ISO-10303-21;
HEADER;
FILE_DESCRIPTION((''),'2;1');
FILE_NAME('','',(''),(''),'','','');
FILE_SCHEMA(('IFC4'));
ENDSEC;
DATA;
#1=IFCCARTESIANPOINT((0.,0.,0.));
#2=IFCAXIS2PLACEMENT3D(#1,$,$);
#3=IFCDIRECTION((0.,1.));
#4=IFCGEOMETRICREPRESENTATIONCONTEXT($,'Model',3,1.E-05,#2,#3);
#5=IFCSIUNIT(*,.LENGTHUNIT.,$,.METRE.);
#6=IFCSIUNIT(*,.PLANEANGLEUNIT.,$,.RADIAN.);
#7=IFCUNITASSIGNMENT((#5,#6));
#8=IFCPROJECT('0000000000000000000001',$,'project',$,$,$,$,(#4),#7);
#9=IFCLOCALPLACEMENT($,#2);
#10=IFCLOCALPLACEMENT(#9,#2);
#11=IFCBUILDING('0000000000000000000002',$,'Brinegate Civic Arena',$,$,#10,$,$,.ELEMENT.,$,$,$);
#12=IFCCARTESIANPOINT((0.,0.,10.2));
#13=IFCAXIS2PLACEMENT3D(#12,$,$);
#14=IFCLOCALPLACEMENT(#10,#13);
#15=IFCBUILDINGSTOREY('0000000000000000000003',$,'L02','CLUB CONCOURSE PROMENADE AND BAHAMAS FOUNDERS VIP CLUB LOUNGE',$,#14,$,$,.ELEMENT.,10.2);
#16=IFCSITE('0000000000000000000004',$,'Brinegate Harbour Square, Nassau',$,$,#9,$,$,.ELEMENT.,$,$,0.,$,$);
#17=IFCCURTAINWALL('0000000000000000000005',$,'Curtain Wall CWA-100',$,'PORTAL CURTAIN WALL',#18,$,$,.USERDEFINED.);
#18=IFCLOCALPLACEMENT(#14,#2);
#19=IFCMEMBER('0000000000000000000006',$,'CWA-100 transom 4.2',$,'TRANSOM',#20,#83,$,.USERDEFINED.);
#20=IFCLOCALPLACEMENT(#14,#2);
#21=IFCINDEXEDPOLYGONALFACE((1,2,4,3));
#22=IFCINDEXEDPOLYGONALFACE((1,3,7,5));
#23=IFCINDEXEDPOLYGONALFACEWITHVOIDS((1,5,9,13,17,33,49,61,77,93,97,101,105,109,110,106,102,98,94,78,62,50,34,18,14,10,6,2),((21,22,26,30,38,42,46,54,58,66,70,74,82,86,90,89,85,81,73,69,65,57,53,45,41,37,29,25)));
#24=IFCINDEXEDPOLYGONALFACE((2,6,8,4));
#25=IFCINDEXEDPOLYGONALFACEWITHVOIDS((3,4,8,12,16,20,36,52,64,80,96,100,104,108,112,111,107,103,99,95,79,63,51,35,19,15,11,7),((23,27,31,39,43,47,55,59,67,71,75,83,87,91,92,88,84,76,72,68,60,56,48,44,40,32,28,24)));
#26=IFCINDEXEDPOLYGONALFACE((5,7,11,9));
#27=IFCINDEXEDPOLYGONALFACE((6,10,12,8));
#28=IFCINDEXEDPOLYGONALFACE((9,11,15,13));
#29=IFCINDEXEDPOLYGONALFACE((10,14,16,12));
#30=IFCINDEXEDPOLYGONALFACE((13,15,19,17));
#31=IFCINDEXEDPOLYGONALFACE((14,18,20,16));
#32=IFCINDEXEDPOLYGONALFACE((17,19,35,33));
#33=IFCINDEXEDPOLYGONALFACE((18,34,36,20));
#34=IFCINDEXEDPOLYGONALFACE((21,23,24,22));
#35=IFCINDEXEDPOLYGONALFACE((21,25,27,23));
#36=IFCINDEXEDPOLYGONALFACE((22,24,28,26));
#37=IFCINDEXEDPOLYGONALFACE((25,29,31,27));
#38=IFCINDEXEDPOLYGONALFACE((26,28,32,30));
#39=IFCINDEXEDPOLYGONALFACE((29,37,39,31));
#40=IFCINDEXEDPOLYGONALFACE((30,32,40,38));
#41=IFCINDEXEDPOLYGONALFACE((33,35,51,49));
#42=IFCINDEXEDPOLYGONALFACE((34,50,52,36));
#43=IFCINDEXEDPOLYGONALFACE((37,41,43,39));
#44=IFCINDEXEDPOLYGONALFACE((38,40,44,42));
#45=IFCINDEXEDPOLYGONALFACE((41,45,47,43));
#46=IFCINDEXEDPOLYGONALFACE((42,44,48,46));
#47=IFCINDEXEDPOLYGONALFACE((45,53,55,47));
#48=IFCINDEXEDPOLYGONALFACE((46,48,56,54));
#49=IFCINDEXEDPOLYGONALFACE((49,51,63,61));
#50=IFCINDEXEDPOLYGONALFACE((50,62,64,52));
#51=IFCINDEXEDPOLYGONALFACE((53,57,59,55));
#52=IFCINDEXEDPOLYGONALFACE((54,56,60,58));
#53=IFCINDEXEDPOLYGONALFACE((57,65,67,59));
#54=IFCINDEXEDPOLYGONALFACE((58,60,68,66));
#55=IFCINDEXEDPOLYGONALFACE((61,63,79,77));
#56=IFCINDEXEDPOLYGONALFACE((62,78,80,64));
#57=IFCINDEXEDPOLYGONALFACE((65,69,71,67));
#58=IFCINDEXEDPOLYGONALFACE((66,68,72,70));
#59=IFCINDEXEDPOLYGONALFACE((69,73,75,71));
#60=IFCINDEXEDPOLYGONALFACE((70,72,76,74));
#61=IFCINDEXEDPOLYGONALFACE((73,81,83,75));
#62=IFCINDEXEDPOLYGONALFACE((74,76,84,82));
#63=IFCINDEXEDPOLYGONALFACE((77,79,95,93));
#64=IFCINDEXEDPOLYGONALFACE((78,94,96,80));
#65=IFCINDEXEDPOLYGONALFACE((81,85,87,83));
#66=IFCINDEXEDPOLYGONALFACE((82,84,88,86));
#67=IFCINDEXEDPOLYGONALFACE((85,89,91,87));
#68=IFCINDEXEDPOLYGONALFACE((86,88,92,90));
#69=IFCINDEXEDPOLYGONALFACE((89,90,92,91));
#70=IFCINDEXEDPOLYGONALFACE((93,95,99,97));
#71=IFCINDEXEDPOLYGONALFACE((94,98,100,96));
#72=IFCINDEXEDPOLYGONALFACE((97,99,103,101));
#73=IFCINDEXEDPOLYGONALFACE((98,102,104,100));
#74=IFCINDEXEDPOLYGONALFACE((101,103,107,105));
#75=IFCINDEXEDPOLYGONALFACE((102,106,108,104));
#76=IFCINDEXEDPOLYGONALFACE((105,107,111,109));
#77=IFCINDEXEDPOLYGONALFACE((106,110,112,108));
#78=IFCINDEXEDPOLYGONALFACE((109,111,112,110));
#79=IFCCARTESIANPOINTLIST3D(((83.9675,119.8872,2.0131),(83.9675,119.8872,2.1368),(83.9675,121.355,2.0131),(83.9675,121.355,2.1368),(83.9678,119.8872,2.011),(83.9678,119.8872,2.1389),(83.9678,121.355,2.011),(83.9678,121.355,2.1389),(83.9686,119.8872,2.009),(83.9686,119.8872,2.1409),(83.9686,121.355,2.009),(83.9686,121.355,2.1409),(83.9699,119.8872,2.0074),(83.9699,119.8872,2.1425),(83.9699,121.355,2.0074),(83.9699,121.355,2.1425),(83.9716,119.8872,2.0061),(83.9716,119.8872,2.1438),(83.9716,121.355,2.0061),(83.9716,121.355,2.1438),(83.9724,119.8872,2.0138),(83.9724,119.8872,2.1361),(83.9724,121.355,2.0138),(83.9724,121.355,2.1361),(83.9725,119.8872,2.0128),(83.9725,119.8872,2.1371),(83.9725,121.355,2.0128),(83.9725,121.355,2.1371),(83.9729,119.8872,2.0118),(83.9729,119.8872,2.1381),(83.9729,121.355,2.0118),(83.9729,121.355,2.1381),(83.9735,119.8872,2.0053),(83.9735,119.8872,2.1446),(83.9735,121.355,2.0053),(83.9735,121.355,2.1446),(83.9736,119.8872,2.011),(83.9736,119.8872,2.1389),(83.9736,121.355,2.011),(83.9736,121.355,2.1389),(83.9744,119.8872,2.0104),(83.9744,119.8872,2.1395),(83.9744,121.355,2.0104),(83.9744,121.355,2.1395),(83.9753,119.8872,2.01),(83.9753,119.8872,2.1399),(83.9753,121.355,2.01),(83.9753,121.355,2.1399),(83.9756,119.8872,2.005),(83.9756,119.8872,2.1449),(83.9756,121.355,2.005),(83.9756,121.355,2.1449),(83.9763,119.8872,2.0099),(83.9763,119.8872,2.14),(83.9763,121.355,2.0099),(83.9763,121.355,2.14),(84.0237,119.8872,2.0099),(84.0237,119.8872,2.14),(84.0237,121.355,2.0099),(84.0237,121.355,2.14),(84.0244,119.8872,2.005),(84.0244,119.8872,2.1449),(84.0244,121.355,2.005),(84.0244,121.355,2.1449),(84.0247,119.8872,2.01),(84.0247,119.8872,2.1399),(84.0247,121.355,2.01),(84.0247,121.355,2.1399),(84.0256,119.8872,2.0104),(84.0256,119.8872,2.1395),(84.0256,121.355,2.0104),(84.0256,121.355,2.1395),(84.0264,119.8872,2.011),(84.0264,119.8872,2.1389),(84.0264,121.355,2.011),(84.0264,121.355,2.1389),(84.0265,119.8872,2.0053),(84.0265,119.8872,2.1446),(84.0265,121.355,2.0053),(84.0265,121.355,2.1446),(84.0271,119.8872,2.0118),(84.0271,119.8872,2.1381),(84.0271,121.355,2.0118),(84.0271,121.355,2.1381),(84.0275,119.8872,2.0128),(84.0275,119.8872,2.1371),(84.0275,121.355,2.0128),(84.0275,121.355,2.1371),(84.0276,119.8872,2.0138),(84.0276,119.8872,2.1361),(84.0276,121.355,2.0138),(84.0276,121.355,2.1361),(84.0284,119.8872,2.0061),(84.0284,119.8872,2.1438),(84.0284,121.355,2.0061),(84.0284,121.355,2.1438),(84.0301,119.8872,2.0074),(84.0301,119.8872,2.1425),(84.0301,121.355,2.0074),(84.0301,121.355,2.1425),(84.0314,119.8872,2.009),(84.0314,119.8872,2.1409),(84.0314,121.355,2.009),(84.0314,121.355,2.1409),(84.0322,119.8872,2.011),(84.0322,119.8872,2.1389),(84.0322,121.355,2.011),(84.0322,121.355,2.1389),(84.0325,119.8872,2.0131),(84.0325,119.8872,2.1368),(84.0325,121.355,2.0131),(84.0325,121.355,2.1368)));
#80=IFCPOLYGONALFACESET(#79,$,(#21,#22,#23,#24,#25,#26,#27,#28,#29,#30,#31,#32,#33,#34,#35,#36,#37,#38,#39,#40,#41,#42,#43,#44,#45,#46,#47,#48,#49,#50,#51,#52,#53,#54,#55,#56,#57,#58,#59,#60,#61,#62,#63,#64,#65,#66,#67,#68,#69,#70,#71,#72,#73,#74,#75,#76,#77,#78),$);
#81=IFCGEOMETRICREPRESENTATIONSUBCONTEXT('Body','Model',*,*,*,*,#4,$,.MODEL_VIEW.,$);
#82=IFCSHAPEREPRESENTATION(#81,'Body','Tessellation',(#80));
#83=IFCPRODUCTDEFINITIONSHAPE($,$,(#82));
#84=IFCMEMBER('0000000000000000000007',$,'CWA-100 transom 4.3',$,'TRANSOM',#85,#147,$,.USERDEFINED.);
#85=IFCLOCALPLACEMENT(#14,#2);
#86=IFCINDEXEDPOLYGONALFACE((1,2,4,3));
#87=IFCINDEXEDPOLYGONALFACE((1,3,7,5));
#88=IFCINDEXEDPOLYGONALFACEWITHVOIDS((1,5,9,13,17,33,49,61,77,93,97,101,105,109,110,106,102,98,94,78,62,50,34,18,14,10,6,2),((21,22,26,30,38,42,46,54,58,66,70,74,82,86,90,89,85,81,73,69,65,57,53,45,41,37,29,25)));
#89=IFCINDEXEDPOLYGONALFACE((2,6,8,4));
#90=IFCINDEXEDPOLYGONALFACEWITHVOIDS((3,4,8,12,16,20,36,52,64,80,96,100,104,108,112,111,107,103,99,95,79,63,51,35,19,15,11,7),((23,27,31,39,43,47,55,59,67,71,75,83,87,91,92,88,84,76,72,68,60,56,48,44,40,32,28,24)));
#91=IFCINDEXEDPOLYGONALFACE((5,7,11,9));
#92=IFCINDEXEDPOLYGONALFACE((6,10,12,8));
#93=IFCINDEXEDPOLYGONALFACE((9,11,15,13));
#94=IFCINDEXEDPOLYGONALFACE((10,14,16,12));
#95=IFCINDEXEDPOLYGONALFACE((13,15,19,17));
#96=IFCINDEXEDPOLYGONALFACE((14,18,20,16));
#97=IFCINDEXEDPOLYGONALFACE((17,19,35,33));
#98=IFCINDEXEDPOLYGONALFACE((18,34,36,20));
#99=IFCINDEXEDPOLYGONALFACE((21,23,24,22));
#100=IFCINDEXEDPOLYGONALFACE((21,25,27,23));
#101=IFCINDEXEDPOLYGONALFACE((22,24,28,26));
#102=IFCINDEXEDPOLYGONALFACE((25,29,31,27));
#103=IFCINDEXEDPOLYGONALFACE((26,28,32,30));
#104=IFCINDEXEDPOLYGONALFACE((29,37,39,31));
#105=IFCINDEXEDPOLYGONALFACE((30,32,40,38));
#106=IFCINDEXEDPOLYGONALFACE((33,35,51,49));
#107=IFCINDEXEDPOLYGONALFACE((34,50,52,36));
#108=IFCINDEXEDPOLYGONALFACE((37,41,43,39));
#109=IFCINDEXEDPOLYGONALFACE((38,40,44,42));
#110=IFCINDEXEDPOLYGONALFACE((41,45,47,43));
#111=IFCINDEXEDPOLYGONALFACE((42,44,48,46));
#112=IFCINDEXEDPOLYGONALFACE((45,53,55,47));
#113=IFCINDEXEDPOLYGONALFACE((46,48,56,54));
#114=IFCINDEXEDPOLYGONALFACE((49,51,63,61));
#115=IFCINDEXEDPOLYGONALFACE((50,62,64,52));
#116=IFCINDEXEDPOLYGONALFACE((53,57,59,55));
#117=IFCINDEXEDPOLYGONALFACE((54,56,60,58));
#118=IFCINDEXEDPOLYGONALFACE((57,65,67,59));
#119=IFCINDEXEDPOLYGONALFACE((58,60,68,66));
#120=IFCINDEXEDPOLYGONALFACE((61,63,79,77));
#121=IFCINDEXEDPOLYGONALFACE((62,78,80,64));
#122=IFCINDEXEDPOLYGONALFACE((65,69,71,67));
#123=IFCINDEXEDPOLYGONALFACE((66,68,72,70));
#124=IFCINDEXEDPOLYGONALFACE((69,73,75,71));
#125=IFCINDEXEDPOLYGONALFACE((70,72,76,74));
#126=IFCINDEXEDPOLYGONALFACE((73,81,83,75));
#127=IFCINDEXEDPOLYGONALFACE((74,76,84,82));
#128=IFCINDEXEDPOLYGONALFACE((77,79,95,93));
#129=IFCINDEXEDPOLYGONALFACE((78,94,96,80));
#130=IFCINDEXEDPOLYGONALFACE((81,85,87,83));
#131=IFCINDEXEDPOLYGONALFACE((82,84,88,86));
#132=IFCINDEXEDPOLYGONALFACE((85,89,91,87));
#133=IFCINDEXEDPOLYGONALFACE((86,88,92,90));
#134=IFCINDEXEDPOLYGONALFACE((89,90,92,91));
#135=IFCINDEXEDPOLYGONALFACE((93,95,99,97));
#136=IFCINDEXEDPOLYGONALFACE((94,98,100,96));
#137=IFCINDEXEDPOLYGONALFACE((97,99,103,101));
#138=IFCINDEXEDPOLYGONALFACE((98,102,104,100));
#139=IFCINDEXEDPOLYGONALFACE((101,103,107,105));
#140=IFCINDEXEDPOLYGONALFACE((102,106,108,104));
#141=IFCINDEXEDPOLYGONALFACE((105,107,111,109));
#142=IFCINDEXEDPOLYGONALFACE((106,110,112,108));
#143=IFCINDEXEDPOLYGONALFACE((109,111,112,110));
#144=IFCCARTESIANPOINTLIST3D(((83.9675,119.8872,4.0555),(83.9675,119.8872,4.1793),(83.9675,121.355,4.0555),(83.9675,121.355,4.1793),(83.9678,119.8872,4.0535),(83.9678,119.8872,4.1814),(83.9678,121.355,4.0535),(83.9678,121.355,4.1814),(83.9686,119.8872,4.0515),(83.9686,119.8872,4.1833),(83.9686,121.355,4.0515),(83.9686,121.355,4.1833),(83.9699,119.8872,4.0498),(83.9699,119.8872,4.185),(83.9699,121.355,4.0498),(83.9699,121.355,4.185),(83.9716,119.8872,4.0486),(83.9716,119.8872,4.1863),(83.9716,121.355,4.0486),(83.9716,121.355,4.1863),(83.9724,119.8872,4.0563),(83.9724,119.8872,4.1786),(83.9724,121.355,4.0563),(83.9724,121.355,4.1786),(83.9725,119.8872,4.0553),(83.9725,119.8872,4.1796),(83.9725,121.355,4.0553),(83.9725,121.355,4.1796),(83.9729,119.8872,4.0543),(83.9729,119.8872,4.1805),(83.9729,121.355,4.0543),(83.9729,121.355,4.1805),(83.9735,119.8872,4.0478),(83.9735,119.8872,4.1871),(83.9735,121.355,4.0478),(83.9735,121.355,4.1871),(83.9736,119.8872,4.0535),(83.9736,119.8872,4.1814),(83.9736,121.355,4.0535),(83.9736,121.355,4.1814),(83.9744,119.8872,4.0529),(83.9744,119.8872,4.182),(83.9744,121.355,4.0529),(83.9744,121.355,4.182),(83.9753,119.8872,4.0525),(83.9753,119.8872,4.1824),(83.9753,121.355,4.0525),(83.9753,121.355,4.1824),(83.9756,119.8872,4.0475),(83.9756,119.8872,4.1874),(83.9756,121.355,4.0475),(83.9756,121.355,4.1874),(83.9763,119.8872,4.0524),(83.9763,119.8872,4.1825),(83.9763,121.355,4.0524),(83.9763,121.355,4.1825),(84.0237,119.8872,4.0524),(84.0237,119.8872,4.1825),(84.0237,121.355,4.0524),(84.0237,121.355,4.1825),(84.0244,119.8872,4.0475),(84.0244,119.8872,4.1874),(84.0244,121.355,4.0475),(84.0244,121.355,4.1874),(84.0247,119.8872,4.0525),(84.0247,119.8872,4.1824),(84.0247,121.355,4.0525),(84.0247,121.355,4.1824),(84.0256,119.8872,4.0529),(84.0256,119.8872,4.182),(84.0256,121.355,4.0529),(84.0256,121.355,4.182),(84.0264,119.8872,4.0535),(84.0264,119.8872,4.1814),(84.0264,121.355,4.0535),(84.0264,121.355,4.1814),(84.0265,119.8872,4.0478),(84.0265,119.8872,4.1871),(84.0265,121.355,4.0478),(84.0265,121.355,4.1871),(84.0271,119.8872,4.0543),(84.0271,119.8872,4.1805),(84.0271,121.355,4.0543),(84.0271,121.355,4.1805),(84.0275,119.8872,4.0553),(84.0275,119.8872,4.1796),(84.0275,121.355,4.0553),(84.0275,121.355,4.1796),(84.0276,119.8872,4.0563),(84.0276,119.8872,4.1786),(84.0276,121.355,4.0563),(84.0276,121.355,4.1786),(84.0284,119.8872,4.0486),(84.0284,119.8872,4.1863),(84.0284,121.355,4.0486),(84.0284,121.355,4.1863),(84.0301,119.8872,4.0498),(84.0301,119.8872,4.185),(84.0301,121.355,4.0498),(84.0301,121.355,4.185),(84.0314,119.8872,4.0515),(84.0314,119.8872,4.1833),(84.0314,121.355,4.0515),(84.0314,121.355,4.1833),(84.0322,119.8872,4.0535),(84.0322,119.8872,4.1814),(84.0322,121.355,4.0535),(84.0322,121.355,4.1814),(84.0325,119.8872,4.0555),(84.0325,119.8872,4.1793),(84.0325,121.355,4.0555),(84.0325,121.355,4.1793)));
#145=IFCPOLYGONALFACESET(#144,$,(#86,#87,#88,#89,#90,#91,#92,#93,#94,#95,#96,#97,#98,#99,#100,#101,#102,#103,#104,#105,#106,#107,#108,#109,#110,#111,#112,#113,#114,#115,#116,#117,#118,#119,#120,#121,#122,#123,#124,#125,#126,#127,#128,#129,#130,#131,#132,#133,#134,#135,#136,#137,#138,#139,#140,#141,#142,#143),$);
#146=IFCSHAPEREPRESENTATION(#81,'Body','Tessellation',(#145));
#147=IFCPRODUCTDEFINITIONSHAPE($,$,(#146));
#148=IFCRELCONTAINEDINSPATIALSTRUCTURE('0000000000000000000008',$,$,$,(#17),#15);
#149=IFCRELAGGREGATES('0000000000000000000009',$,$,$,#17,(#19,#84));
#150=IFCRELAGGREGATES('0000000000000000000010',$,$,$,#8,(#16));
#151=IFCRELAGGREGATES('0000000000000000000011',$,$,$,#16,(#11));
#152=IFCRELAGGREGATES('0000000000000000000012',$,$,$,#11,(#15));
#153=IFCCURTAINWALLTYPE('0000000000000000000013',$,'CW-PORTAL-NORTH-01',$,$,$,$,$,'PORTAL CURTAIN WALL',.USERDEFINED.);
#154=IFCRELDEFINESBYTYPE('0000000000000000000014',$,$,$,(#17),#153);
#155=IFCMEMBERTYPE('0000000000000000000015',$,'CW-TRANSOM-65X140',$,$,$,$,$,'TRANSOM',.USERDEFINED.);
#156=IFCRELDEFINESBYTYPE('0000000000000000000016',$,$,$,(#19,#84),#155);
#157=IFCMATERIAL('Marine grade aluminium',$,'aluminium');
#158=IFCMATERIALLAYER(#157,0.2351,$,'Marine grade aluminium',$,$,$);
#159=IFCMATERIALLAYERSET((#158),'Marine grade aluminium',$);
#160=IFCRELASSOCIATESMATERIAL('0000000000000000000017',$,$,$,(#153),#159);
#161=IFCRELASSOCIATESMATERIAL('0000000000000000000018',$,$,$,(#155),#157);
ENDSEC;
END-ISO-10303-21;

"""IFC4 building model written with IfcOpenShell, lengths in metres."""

from ifc_helpers import new_model, si_unit, direction, frame, origin, origin_2d, place, context, subcontext, project, spatial, hollow_rectangle, extrude, material, layer, layer_set, material_profile, profile_set, type_object, element, aggregate, save


model = new_model("IFC4")

# Units and contexts
model_context = context("Model", 3, precision=1e-05, world=origin(), true_north=direction((0.0, 1.0)))
body_context = subcontext(model_context, "Body", "Model", "MODEL_VIEW")
ifc_project = project(units=[si_unit("LENGTHUNIT", "METRE"), si_unit("PLANEANGLEUNIT", "RADIAN")], contexts=[model_context])

# Site, building, storey
site_placement = place(None, origin())
site = spatial("IfcSite", under=ifc_project, at=site_placement, Name="Brinegate Harbour Square, Nassau", CompositionType="ELEMENT", RefElevation=0.0)
building_placement = place(site_placement, origin())
building = spatial("IfcBuilding", under=site, at=building_placement, Name="Brinegate Civic Arena", CompositionType="ELEMENT")
storey_placement = place(building_placement, frame((0.0, 0.0, 10.2)))
storey = spatial("IfcBuildingStorey", under=building, at=storey_placement, Name="L02", Description="CLUB CONCOURSE PROMENADE AND BAHAMAS FOUNDERS VIP CLUB LOUNGE", CompositionType="ELEMENT", Elevation=10.2)

# Curtain wall, members
ifc_material_1 = material(Name="Marine grade aluminium", Category="aluminium")
ifc_layer_1 = layer(ifc_material_1, 0.2351, Name="Marine grade aluminium")
ifc_layer_set_1 = layer_set([ifc_layer_1], Name="Marine grade aluminium")
curtain_wall_type = type_object("IfcCurtainWallType", Name="CW-PORTAL-NORTH-01", ElementType="PORTAL CURTAIN WALL", PredefinedType="USERDEFINED", material=ifc_layer_set_1)
curtain_wall_placement = place(storey_placement, origin())
curtain_wall = element("IfcCurtainWall", 1, at=curtain_wall_placement, inside=storey, type_object=curtain_wall_type, Name="Curtain Wall CWA-100", ObjectType="PORTAL CURTAIN WALL", PredefinedType="USERDEFINED")
ifc_material_profile_1 = material_profile(ifc_material_1, hollow_rectangle(XDim=0.0649, YDim=0.1399, WallThickness=0.0049, InnerFilletRadius=0.0039, OuterFilletRadius=0.0081, at=origin_2d()), Name="TRN65X140")
ifc_profile_set_1 = profile_set([ifc_material_profile_1], Name="Marine grade aluminium")
member_type_1 = type_object("IfcMemberType", Name="CW-TRANSOM-65X140", ElementType="TRANSOM", PredefinedType="USERDEFINED", material=ifc_profile_set_1)
member_1_placement = place(storey_placement, frame((84.0, 119.8872, 2.075), z_axis=(0.0, 1.0, 0.0), x_axis=(-1.0, 0.0, 0.0)))
member_1 = element("IfcMember", 2, at=member_1_placement, type_object=member_type_1, Name="CWA-100 transom 4.2", ObjectType="TRANSOM", PredefinedType="USERDEFINED", context=body_context, shape_type="SweptSolid", body=[
    extrude(hollow_rectangle(XDim=0.0649, YDim=0.1399, WallThickness=0.0049, InnerFilletRadius=0.0039, OuterFilletRadius=0.0081, at=origin_2d()), origin(), (0.0, 0.0, 1.0), 1.4678),
])
member_2_placement = place(storey_placement, frame((84.0, 119.8872, 4.1174), z_axis=(0.0, 1.0, 0.0), x_axis=(-1.0, 0.0, 0.0)))
member_2 = element("IfcMember", 3, at=member_2_placement, type_object=member_type_1, Name="CWA-100 transom 4.3", ObjectType="TRANSOM", PredefinedType="USERDEFINED", context=body_context, shape_type="SweptSolid", body=[
    extrude(hollow_rectangle(XDim=0.0649, YDim=0.1399, WallThickness=0.0049, InnerFilletRadius=0.0039, OuterFilletRadius=0.0081, at=origin_2d()), origin(), (0.0, 0.0, 1.0), 1.4678),
])
aggregate(curtain_wall, [member_1, member_2])

save(model, "model.ifc")
